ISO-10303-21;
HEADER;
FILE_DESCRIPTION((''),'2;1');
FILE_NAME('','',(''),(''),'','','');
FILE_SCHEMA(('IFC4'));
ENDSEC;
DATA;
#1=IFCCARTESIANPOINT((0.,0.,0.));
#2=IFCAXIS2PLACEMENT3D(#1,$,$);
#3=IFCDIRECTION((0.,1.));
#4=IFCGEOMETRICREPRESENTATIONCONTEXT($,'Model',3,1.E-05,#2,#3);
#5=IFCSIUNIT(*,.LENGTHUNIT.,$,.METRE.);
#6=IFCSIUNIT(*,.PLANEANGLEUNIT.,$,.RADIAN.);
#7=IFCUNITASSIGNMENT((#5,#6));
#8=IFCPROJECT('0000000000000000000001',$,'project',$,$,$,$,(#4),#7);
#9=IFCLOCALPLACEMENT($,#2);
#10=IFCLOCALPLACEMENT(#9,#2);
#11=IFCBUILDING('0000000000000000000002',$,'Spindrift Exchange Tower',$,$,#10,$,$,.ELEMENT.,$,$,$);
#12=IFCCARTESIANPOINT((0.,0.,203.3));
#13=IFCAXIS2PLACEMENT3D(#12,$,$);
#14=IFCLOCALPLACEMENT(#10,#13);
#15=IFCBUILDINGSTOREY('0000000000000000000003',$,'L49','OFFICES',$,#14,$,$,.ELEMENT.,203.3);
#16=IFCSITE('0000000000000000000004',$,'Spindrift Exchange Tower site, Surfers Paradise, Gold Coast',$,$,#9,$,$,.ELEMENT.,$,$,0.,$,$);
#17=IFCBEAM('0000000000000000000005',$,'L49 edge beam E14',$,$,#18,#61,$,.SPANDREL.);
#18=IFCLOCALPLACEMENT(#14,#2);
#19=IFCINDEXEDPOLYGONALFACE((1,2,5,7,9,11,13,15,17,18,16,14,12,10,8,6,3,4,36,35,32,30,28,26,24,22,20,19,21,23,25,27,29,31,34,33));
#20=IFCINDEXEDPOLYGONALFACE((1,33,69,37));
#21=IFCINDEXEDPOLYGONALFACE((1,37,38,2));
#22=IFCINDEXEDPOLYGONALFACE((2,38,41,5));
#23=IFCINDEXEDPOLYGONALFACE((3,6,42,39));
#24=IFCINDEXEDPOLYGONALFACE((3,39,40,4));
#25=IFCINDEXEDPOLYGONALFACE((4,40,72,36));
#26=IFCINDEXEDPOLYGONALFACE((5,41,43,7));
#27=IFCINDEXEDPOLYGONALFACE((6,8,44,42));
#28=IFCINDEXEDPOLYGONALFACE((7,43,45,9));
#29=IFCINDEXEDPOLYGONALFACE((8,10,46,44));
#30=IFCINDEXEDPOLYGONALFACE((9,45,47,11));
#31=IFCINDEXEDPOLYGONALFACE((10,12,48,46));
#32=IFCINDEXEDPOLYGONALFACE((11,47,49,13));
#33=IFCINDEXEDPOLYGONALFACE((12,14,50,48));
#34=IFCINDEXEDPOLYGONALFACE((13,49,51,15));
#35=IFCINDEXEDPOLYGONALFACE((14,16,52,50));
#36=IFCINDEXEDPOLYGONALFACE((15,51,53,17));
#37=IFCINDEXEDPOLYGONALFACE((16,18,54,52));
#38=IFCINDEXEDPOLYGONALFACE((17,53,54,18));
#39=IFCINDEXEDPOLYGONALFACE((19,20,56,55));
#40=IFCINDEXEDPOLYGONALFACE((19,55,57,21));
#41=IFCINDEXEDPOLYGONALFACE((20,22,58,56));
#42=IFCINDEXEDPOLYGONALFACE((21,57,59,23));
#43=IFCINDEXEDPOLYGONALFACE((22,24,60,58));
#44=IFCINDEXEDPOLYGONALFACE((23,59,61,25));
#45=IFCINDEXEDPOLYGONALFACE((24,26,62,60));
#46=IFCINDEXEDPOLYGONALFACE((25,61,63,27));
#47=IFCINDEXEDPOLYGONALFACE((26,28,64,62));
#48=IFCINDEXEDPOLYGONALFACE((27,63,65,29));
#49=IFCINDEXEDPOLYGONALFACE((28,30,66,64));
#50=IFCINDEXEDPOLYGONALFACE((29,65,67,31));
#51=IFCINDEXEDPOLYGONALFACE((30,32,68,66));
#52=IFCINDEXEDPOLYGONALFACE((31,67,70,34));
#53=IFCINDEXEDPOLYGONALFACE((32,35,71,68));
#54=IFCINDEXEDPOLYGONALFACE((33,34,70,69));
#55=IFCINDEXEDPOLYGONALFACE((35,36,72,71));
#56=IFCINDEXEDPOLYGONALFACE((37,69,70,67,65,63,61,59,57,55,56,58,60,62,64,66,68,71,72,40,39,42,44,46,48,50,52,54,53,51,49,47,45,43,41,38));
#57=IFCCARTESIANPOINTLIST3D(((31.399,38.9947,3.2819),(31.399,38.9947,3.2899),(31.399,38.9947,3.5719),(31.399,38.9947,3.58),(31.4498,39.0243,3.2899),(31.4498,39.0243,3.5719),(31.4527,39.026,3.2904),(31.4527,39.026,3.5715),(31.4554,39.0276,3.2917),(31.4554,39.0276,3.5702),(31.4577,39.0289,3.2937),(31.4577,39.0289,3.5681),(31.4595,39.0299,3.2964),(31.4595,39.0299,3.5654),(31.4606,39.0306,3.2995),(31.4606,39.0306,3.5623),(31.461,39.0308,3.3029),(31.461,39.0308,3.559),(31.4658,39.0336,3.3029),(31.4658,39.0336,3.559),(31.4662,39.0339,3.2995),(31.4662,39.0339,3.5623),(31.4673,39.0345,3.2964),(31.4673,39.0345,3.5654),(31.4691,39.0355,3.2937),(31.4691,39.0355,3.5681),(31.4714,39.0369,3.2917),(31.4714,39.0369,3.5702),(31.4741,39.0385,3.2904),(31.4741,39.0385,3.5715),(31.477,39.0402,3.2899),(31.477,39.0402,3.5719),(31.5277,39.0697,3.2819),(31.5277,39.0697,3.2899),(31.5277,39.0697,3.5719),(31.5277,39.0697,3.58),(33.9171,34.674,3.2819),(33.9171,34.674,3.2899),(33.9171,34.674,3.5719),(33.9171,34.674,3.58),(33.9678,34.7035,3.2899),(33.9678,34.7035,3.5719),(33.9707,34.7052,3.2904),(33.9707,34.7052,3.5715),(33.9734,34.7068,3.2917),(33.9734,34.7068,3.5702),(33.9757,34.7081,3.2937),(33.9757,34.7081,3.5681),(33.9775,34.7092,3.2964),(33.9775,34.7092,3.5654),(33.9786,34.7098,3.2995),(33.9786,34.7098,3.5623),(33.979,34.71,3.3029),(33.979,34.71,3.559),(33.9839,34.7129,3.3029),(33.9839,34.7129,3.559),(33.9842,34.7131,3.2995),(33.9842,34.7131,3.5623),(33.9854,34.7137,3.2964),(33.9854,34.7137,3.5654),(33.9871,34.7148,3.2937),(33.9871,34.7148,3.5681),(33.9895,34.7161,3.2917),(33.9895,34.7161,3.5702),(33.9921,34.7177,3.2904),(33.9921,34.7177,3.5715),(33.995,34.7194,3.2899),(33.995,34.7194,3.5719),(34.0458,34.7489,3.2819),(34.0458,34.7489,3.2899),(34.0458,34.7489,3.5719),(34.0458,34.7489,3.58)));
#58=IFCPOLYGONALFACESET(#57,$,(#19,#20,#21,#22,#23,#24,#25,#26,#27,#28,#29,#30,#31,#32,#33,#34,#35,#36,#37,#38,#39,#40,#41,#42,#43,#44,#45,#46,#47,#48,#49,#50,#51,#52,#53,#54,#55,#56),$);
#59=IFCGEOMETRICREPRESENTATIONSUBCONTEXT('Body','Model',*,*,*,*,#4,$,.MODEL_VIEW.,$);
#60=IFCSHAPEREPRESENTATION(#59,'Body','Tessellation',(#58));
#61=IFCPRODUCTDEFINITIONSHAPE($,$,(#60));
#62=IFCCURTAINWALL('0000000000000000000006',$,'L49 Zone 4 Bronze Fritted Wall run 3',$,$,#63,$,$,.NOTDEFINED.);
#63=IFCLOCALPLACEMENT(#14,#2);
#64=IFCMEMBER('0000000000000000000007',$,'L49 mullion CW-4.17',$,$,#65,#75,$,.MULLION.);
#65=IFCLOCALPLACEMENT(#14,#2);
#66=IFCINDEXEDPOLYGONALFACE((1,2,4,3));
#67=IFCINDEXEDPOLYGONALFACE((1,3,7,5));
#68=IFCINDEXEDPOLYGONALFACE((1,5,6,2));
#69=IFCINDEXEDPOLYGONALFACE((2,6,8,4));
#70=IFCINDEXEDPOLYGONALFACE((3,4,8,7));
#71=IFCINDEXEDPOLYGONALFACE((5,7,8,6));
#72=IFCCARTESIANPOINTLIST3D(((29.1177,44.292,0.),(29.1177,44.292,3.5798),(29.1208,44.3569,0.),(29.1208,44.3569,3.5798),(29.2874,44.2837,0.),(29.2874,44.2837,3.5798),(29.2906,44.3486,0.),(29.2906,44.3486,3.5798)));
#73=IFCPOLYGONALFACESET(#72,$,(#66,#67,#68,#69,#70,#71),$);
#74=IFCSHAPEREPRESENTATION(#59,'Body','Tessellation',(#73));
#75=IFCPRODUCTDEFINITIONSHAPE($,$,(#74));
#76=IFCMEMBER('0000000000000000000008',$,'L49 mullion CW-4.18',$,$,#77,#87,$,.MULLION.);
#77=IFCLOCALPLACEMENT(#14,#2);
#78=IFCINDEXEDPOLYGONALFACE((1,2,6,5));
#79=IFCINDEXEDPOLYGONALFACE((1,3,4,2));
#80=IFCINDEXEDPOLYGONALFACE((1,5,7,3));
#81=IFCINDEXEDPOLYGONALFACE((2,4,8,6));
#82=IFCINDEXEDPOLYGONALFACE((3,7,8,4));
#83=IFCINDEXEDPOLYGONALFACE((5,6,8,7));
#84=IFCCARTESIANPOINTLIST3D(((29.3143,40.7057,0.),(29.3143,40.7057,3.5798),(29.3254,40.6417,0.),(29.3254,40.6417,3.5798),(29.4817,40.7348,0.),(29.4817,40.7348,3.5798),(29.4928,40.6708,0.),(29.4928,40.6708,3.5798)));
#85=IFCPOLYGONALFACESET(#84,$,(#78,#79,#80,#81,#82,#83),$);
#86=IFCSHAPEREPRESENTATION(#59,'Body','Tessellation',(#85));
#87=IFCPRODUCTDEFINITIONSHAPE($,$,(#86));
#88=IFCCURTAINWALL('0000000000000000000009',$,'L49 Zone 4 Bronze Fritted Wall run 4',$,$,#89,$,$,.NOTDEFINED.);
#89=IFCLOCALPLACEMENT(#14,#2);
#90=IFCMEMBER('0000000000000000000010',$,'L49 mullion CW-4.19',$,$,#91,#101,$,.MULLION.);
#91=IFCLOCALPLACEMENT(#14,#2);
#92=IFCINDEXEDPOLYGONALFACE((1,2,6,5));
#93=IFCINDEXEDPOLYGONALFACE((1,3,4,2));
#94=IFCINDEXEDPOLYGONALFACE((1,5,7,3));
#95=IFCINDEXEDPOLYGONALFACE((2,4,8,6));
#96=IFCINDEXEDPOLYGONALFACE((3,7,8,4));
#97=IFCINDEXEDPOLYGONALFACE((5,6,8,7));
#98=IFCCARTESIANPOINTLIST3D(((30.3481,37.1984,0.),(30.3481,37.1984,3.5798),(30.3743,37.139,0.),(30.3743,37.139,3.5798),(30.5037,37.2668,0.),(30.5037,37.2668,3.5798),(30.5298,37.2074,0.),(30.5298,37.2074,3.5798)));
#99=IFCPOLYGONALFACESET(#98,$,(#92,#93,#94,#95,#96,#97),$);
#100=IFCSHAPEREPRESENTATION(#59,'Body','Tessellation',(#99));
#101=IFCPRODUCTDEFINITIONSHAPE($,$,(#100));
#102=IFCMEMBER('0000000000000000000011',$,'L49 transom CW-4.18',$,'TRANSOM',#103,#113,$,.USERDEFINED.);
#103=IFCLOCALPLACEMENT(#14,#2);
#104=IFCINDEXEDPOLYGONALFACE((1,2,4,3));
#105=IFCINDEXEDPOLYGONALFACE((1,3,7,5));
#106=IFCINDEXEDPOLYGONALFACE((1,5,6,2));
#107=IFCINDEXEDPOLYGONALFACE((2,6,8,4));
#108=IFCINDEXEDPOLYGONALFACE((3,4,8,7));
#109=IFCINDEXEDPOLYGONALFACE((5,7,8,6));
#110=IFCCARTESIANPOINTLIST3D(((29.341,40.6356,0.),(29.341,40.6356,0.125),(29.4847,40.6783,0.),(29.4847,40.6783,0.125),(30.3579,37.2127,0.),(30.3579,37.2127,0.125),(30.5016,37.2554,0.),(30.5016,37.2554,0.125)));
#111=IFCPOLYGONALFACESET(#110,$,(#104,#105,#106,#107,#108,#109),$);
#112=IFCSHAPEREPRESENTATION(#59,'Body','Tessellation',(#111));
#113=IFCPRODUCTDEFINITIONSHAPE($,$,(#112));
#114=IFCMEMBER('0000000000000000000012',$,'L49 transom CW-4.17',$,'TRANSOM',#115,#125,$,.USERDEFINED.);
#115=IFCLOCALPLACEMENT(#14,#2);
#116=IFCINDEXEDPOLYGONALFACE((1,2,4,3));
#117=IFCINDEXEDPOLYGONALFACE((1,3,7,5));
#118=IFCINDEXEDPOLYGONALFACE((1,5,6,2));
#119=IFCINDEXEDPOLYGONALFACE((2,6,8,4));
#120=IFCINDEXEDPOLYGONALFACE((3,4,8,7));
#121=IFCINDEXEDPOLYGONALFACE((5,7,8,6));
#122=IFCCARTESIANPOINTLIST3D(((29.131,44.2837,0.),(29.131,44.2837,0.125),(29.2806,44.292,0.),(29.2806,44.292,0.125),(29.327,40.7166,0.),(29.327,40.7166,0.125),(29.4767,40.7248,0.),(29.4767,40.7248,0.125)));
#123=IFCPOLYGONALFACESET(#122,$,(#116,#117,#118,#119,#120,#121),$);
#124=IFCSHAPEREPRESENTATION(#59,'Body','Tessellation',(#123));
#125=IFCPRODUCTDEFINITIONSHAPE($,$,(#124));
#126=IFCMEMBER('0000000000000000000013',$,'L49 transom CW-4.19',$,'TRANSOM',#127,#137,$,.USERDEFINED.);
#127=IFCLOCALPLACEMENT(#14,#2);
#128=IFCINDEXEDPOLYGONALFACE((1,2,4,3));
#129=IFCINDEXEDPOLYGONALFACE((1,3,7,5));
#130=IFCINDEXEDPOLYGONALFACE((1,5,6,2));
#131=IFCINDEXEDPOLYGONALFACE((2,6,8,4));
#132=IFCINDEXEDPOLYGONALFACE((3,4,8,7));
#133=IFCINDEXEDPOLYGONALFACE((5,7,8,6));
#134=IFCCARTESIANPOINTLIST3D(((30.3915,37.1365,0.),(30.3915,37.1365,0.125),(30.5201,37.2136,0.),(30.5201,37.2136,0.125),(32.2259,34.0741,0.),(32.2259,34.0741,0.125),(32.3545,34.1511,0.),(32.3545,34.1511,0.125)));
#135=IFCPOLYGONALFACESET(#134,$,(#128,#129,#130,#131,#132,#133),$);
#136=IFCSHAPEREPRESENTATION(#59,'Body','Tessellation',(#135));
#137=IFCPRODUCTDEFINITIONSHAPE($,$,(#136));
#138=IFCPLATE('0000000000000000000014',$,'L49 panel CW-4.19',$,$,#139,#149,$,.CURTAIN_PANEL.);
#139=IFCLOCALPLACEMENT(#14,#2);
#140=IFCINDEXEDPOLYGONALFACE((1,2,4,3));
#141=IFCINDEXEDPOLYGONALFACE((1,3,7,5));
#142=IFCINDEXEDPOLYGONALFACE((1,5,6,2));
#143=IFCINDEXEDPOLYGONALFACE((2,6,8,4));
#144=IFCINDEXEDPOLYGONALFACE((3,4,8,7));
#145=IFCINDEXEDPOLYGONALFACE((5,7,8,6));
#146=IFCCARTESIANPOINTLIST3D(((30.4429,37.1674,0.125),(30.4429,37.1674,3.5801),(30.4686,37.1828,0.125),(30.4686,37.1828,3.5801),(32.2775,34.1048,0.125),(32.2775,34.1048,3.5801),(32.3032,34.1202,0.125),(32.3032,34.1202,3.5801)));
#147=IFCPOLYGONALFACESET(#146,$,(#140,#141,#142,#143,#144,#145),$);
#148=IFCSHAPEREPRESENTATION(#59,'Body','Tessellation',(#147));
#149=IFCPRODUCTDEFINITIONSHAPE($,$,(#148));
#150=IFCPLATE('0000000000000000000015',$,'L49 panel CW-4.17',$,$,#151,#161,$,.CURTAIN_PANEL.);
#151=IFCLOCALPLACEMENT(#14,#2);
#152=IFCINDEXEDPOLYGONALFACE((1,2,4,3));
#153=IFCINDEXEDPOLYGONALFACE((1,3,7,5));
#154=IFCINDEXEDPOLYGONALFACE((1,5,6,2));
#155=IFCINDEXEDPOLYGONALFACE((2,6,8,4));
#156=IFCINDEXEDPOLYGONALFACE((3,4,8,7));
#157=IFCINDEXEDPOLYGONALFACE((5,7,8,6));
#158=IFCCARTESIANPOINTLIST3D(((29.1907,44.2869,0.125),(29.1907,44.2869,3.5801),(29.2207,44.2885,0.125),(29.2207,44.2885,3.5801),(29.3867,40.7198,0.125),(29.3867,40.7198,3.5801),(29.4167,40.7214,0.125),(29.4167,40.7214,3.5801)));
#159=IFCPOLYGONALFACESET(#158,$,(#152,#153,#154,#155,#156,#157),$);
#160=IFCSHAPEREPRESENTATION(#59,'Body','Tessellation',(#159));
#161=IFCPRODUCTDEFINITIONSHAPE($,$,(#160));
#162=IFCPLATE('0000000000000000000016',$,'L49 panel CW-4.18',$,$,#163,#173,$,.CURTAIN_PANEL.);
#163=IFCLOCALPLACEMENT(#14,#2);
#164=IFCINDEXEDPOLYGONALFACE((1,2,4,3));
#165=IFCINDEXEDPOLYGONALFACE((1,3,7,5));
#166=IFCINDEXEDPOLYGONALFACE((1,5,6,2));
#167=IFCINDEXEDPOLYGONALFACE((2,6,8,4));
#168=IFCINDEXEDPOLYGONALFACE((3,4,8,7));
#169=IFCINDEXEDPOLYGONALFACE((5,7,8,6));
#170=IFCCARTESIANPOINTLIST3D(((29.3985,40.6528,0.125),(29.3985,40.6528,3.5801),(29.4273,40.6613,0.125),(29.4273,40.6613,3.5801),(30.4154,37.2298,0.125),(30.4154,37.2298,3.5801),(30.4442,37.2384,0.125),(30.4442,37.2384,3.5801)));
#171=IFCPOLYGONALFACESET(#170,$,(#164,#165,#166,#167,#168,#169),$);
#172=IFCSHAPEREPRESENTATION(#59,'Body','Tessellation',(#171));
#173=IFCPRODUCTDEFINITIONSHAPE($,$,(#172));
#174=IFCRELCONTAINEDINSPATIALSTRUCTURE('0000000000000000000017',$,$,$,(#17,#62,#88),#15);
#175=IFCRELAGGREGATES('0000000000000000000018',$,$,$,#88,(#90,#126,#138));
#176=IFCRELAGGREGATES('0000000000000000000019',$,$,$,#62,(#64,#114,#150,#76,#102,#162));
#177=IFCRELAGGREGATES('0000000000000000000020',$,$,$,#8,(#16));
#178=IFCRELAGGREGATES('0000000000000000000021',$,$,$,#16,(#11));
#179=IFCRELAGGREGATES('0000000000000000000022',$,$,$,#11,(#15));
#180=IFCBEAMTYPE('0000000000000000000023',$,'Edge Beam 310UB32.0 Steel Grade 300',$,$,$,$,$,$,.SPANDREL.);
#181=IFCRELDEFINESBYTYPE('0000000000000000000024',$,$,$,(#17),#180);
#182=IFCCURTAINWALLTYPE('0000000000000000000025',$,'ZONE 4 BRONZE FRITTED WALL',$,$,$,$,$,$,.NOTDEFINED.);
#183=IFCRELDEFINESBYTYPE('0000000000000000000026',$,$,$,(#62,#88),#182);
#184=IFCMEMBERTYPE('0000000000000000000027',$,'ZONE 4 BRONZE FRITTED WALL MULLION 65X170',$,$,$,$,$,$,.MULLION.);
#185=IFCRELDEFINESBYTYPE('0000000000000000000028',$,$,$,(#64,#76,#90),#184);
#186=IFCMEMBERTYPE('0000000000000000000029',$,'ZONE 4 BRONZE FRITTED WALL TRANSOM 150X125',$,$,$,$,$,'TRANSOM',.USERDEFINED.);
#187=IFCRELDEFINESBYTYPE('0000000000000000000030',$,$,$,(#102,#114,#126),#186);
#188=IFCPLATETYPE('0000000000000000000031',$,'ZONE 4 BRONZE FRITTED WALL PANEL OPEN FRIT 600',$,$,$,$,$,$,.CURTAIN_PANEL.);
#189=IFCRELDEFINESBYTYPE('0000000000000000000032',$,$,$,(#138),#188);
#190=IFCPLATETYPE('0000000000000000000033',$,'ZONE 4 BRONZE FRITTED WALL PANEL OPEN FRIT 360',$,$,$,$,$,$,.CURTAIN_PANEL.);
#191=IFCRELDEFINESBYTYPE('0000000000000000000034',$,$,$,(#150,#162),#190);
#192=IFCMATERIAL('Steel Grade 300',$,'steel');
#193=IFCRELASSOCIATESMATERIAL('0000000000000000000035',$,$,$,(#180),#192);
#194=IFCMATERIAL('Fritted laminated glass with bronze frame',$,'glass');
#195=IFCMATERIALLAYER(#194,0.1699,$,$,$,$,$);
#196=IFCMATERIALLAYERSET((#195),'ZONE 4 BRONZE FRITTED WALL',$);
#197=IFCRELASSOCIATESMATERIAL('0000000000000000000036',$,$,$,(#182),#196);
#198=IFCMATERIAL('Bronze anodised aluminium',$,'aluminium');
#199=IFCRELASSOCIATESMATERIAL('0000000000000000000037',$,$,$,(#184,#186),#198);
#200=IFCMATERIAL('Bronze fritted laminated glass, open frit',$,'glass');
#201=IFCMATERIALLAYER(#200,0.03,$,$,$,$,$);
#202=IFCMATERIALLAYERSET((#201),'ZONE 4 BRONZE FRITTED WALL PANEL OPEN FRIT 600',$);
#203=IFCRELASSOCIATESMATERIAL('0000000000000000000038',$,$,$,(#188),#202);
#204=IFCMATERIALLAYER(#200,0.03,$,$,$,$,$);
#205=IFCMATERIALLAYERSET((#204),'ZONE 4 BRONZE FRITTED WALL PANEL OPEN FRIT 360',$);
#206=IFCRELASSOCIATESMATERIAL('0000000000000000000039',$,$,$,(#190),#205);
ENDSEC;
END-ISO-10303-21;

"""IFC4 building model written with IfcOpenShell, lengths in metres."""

from ifc_helpers import new_model, si_unit, direction, frame, origin, origin_2d, place, context, subcontext, project, spatial, rectangle, i_section, extrude, source, transform, mapped, material, layer, layer_set, material_profile, profile_set, type_object, element, aggregate, save


model = new_model("IFC4")

# Units and contexts
model_context = context("Model", 3, precision=1e-05, world=origin(), true_north=direction((0.0, 1.0)))
body_context = subcontext(model_context, "Body", "Model", "MODEL_VIEW")
ifc_project = project(units=[si_unit("LENGTHUNIT", "METRE"), si_unit("PLANEANGLEUNIT", "RADIAN")], contexts=[model_context])

# Site, building, storey
site_placement = place(None, origin())
site = spatial("IfcSite", under=ifc_project, at=site_placement, Name="Spindrift Exchange Tower site, Surfers Paradise, Gold Coast", CompositionType="ELEMENT", RefElevation=0.0)
building_placement = place(site_placement, origin())
building = spatial("IfcBuilding", under=site, at=building_placement, Name="Spindrift Exchange Tower", CompositionType="ELEMENT")
storey_placement = place(building_placement, frame((0.0, 0.0, 203.3)))
storey = spatial("IfcBuildingStorey", under=building, at=storey_placement, Name="L49", Description="OFFICES", CompositionType="ELEMENT", Elevation=203.3)

# Beam
ifc_material_1 = material(Name="Steel Grade 300", Category="steel")
ifc_material_profile_1 = material_profile(ifc_material_1, i_section(OverallWidth=0.1489, OverallDepth=0.2981, WebThickness=0.0056, FlangeThickness=0.0081, FilletRadius=0.0129, at=origin_2d()), Name="310UB32.0")
ifc_profile_set_1 = profile_set([ifc_material_profile_1], Name="Steel Grade 300")
beam_type_1 = type_object("IfcBeamType", Name="Edge Beam 310UB32.0 Steel Grade 300", PredefinedType="SPANDREL", material=ifc_profile_set_1)
shared_shape_1 = source(origin(), body_context, "Body", "SweptSolid", [
    extrude(i_section(OverallWidth=0.1489, OverallDepth=0.2981, WebThickness=0.0056, FlangeThickness=0.0081, FilletRadius=0.0129, at=origin_2d()), origin(), (0.0, 0.0, 1.0), 5.001),
])
beam_1_placement = place(storey_placement, frame((31.4634, 39.0322, 3.4309), z_axis=(0.503513, -0.863988, 0.0), x_axis=(0.863988, 0.503513, 0.0)))
element("IfcBeam", 1, at=beam_1_placement, inside=storey, type_object=beam_type_1, Name="L49 edge beam E14", PredefinedType="SPANDREL", context=body_context, shape_type="MappedRepresentation", body=[
    mapped(shared_shape_1, transform((0.0, 0.0, 0.0), scale=1.0)),
])

# Curtain wall, members
ifc_material_2 = material(Name="Fritted laminated glass with bronze frame", Category="glass")
ifc_layer_1 = layer(ifc_material_2, 0.1699)
ifc_layer_set_1 = layer_set([ifc_layer_1], Name="ZONE 4 BRONZE FRITTED WALL")
curtain_wall_type = type_object("IfcCurtainWallType", Name="ZONE 4 BRONZE FRITTED WALL", PredefinedType="NOTDEFINED", material=ifc_layer_set_1)
curtain_wall_1_placement = place(storey_placement, origin())
curtain_wall_1 = element("IfcCurtainWall", 2, at=curtain_wall_1_placement, inside=storey, type_object=curtain_wall_type, Name="L49 Zone 4 Bronze Fritted Wall run 3", PredefinedType="NOTDEFINED")
ifc_material_3 = material(Name="Bronze anodised aluminium", Category="aluminium")
ifc_material_profile_2 = material_profile(ifc_material_3, rectangle(XDim=0.0649, YDim=0.1699, at=origin_2d()), Name="ZONE 4 BRONZE FRITTED WALL MULLION 65X170")
ifc_profile_set_2 = profile_set([ifc_material_profile_2], Name="Bronze anodised aluminium")
member_type_1 = type_object("IfcMemberType", Name="ZONE 4 BRONZE FRITTED WALL MULLION 65X170", PredefinedType="MULLION", material=ifc_profile_set_2)
shared_shape_2 = source(origin(), body_context, "Body", "SweptSolid", [
    extrude(rectangle(XDim=0.0649, YDim=0.1699, at=origin_2d()), origin(), (0.0, 0.0, 1.0), 3.5798),
])
member_1_placement = place(storey_placement, frame((29.2041, 44.3203, 0.0), z_axis=(0.0, 0.0, 1.0), x_axis=(-0.048958, -0.998801, 0.0)))
member_1 = element("IfcMember", 3, at=member_1_placement, type_object=member_type_1, Name="L49 mullion CW-4.17", PredefinedType="MULLION", context=body_context, shape_type="MappedRepresentation", body=[
    mapped(shared_shape_2, transform((0.0, 0.0, 0.0), scale=1.0)),
])
member_2_placement = place(storey_placement, frame((29.4036, 40.6882, 0.0), z_axis=(0.0, 0.0, 1.0), x_axis=(0.170996, -0.985272, 0.0)))
member_2 = element("IfcMember", 4, at=member_2_placement, type_object=member_type_1, Name="L49 mullion CW-4.18", PredefinedType="MULLION", context=body_context, shape_type="MappedRepresentation", body=[
    mapped(shared_shape_2, transform((0.0, 0.0, 0.0), scale=1.0)),
])

# Curtain wall, member
curtain_wall_2_placement = place(storey_placement, origin())
curtain_wall_2 = element("IfcCurtainWall", 5, at=curtain_wall_2_placement, inside=storey, type_object=curtain_wall_type, Name="L49 Zone 4 Bronze Fritted Wall run 4", PredefinedType="NOTDEFINED")
member_3_placement = place(storey_placement, frame((30.439, 37.2029, 0.0), z_axis=(0.0, 0.0, 1.0), x_axis=(0.402495, -0.915422, 0.0)))
member_3 = element("IfcMember", 6, at=member_3_placement, type_object=member_type_1, Name="L49 mullion CW-4.19", PredefinedType="MULLION", context=body_context, shape_type="MappedRepresentation", body=[
    mapped(shared_shape_2, transform((0.0, 0.0, 0.0), scale=1.0)),
])

# Members
ifc_material_profile_3 = material_profile(ifc_material_3, rectangle(XDim=0.1499, YDim=0.125, at=origin_2d()), Name="ZONE 4 BRONZE FRITTED WALL TRANSOM 150X125")
ifc_profile_set_3 = profile_set([ifc_material_profile_3], Name="Bronze anodised aluminium")
member_type_2 = type_object("IfcMemberType", Name="ZONE 4 BRONZE FRITTED WALL TRANSOM 150X125", ElementType="TRANSOM", PredefinedType="USERDEFINED", material=ifc_profile_set_3)
shared_shape_3 = source(origin(), body_context, "Body", "SweptSolid", [
    extrude(rectangle(XDim=0.1499, YDim=0.125, at=origin_2d()), origin(), (0.0, 0.0, 1.0), 3.5708),
])
member_4_placement = place(storey_placement, frame((29.4128, 40.657, 0.0625), z_axis=(0.284775, -0.958594, 0.0), x_axis=(0.958594, 0.284775, 0.0)))
member_4 = element("IfcMember", 7, at=member_4_placement, type_object=member_type_2, Name="L49 transom CW-4.18", ObjectType="TRANSOM", PredefinedType="USERDEFINED", context=body_context, shape_type="MappedRepresentation", body=[
    mapped(shared_shape_3, transform((0.0, 0.0, 0.0), scale=1.0)),
])
shared_shape_4 = source(origin(), body_context, "Body", "SweptSolid", [
    extrude(rectangle(XDim=0.1499, YDim=0.125, at=origin_2d()), origin(), (0.0, 0.0, 1.0), 3.5725),
])
member_5_placement = place(storey_placement, frame((29.2058, 44.2878, 0.0625), z_axis=(0.054876, -0.998493, 0.0), x_axis=(0.998493, 0.054876, 0.0)))
member_5 = element("IfcMember", 8, at=member_5_placement, type_object=member_type_2, Name="L49 transom CW-4.17", ObjectType="TRANSOM", PredefinedType="USERDEFINED", context=body_context, shape_type="MappedRepresentation", body=[
    mapped(shared_shape_4, transform((0.0, 0.0, 0.0), scale=1.0)),
])
shared_shape_5 = source(origin(), body_context, "Body", "SweptSolid", [
    extrude(rectangle(XDim=0.1499, YDim=0.125, at=origin_2d()), origin(), (0.0, 0.0, 1.0), 3.5698),
])
member_6_placement = place(storey_placement, frame((30.4558, 37.175, 0.0625), z_axis=(0.513872, -0.857867, 0.0), x_axis=(0.857867, 0.513872, 0.0)))
member_6 = element("IfcMember", 9, at=member_6_placement, type_object=member_type_2, Name="L49 transom CW-4.19", ObjectType="TRANSOM", PredefinedType="USERDEFINED", context=body_context, shape_type="MappedRepresentation", body=[
    mapped(shared_shape_5, transform((0.0, 0.0, 0.0), scale=1.0)),
])

# Plates
ifc_material_4 = material(Name="Bronze fritted laminated glass, open frit", Category="glass")
ifc_layer_2 = layer(ifc_material_4, 0.03)
ifc_layer_set_2 = layer_set([ifc_layer_2], Name="ZONE 4 BRONZE FRITTED WALL PANEL OPEN FRIT 600")
plate_type_1 = type_object("IfcPlateType", Name="ZONE 4 BRONZE FRITTED WALL PANEL OPEN FRIT 600", PredefinedType="CURTAIN_PANEL", material=ifc_layer_set_2)
shared_shape_6 = source(origin(), body_context, "Body", "SweptSolid", [
    extrude(rectangle(XDim=3.5701, YDim=0.03, at=origin_2d()), origin(), (0.0, 0.0, 1.0), 3.4551),
])
plate_1_placement = place(storey_placement, frame((31.373, 35.6438, 0.125), z_axis=(0.0, 0.0, 1.0), x_axis=(0.513881, -0.857861, 0.0)))
plate_1 = element("IfcPlate", 10, at=plate_1_placement, type_object=plate_type_1, Name="L49 panel CW-4.19", PredefinedType="CURTAIN_PANEL", context=body_context, shape_type="MappedRepresentation", body=[
    mapped(shared_shape_6, transform((0.0, 0.0, 0.0), scale=1.0)),
])
aggregate(curtain_wall_2, [member_3, member_6, plate_1])
ifc_layer_3 = layer(ifc_material_4, 0.03)
ifc_layer_set_3 = layer_set([ifc_layer_3], Name="ZONE 4 BRONZE FRITTED WALL PANEL OPEN FRIT 360")
plate_type_2 = type_object("IfcPlateType", Name="ZONE 4 BRONZE FRITTED WALL PANEL OPEN FRIT 360", PredefinedType="CURTAIN_PANEL", material=ifc_layer_set_3)
shared_shape_7 = source(origin(), body_context, "Body", "SweptSolid", [
    extrude(rectangle(XDim=3.5725, YDim=0.03, at=origin_2d()), origin(), (0.0, 0.0, 1.0), 3.4551),
])
plate_2_placement = place(storey_placement, frame((29.3037, 42.5042, 0.125), z_axis=(0.0, 0.0, 1.0), x_axis=(0.054874, -0.998493, 0.0)))
plate_2 = element("IfcPlate", 11, at=plate_2_placement, type_object=plate_type_2, Name="L49 panel CW-4.17", PredefinedType="CURTAIN_PANEL", context=body_context, shape_type="MappedRepresentation", body=[
    mapped(shared_shape_7, transform((0.0, 0.0, 0.0), scale=1.0)),
])
shared_shape_8 = source(origin(), body_context, "Body", "SweptSolid", [
    extrude(rectangle(XDim=3.5708, YDim=0.03, at=origin_2d()), origin(), (0.0, 0.0, 1.0), 3.4551),
])
plate_3_placement = place(storey_placement, frame((29.9214, 38.9456, 0.125), z_axis=(0.0, 0.0, 1.0), x_axis=(0.284783, -0.958592, 0.0)))
plate_3 = element("IfcPlate", 12, at=plate_3_placement, type_object=plate_type_2, Name="L49 panel CW-4.18", PredefinedType="CURTAIN_PANEL", context=body_context, shape_type="MappedRepresentation", body=[
    mapped(shared_shape_8, transform((0.0, 0.0, 0.0), scale=1.0)),
])
aggregate(curtain_wall_1, [member_1, member_5, plate_2, member_2, member_4, plate_3])

save(model, "model.ifc")
